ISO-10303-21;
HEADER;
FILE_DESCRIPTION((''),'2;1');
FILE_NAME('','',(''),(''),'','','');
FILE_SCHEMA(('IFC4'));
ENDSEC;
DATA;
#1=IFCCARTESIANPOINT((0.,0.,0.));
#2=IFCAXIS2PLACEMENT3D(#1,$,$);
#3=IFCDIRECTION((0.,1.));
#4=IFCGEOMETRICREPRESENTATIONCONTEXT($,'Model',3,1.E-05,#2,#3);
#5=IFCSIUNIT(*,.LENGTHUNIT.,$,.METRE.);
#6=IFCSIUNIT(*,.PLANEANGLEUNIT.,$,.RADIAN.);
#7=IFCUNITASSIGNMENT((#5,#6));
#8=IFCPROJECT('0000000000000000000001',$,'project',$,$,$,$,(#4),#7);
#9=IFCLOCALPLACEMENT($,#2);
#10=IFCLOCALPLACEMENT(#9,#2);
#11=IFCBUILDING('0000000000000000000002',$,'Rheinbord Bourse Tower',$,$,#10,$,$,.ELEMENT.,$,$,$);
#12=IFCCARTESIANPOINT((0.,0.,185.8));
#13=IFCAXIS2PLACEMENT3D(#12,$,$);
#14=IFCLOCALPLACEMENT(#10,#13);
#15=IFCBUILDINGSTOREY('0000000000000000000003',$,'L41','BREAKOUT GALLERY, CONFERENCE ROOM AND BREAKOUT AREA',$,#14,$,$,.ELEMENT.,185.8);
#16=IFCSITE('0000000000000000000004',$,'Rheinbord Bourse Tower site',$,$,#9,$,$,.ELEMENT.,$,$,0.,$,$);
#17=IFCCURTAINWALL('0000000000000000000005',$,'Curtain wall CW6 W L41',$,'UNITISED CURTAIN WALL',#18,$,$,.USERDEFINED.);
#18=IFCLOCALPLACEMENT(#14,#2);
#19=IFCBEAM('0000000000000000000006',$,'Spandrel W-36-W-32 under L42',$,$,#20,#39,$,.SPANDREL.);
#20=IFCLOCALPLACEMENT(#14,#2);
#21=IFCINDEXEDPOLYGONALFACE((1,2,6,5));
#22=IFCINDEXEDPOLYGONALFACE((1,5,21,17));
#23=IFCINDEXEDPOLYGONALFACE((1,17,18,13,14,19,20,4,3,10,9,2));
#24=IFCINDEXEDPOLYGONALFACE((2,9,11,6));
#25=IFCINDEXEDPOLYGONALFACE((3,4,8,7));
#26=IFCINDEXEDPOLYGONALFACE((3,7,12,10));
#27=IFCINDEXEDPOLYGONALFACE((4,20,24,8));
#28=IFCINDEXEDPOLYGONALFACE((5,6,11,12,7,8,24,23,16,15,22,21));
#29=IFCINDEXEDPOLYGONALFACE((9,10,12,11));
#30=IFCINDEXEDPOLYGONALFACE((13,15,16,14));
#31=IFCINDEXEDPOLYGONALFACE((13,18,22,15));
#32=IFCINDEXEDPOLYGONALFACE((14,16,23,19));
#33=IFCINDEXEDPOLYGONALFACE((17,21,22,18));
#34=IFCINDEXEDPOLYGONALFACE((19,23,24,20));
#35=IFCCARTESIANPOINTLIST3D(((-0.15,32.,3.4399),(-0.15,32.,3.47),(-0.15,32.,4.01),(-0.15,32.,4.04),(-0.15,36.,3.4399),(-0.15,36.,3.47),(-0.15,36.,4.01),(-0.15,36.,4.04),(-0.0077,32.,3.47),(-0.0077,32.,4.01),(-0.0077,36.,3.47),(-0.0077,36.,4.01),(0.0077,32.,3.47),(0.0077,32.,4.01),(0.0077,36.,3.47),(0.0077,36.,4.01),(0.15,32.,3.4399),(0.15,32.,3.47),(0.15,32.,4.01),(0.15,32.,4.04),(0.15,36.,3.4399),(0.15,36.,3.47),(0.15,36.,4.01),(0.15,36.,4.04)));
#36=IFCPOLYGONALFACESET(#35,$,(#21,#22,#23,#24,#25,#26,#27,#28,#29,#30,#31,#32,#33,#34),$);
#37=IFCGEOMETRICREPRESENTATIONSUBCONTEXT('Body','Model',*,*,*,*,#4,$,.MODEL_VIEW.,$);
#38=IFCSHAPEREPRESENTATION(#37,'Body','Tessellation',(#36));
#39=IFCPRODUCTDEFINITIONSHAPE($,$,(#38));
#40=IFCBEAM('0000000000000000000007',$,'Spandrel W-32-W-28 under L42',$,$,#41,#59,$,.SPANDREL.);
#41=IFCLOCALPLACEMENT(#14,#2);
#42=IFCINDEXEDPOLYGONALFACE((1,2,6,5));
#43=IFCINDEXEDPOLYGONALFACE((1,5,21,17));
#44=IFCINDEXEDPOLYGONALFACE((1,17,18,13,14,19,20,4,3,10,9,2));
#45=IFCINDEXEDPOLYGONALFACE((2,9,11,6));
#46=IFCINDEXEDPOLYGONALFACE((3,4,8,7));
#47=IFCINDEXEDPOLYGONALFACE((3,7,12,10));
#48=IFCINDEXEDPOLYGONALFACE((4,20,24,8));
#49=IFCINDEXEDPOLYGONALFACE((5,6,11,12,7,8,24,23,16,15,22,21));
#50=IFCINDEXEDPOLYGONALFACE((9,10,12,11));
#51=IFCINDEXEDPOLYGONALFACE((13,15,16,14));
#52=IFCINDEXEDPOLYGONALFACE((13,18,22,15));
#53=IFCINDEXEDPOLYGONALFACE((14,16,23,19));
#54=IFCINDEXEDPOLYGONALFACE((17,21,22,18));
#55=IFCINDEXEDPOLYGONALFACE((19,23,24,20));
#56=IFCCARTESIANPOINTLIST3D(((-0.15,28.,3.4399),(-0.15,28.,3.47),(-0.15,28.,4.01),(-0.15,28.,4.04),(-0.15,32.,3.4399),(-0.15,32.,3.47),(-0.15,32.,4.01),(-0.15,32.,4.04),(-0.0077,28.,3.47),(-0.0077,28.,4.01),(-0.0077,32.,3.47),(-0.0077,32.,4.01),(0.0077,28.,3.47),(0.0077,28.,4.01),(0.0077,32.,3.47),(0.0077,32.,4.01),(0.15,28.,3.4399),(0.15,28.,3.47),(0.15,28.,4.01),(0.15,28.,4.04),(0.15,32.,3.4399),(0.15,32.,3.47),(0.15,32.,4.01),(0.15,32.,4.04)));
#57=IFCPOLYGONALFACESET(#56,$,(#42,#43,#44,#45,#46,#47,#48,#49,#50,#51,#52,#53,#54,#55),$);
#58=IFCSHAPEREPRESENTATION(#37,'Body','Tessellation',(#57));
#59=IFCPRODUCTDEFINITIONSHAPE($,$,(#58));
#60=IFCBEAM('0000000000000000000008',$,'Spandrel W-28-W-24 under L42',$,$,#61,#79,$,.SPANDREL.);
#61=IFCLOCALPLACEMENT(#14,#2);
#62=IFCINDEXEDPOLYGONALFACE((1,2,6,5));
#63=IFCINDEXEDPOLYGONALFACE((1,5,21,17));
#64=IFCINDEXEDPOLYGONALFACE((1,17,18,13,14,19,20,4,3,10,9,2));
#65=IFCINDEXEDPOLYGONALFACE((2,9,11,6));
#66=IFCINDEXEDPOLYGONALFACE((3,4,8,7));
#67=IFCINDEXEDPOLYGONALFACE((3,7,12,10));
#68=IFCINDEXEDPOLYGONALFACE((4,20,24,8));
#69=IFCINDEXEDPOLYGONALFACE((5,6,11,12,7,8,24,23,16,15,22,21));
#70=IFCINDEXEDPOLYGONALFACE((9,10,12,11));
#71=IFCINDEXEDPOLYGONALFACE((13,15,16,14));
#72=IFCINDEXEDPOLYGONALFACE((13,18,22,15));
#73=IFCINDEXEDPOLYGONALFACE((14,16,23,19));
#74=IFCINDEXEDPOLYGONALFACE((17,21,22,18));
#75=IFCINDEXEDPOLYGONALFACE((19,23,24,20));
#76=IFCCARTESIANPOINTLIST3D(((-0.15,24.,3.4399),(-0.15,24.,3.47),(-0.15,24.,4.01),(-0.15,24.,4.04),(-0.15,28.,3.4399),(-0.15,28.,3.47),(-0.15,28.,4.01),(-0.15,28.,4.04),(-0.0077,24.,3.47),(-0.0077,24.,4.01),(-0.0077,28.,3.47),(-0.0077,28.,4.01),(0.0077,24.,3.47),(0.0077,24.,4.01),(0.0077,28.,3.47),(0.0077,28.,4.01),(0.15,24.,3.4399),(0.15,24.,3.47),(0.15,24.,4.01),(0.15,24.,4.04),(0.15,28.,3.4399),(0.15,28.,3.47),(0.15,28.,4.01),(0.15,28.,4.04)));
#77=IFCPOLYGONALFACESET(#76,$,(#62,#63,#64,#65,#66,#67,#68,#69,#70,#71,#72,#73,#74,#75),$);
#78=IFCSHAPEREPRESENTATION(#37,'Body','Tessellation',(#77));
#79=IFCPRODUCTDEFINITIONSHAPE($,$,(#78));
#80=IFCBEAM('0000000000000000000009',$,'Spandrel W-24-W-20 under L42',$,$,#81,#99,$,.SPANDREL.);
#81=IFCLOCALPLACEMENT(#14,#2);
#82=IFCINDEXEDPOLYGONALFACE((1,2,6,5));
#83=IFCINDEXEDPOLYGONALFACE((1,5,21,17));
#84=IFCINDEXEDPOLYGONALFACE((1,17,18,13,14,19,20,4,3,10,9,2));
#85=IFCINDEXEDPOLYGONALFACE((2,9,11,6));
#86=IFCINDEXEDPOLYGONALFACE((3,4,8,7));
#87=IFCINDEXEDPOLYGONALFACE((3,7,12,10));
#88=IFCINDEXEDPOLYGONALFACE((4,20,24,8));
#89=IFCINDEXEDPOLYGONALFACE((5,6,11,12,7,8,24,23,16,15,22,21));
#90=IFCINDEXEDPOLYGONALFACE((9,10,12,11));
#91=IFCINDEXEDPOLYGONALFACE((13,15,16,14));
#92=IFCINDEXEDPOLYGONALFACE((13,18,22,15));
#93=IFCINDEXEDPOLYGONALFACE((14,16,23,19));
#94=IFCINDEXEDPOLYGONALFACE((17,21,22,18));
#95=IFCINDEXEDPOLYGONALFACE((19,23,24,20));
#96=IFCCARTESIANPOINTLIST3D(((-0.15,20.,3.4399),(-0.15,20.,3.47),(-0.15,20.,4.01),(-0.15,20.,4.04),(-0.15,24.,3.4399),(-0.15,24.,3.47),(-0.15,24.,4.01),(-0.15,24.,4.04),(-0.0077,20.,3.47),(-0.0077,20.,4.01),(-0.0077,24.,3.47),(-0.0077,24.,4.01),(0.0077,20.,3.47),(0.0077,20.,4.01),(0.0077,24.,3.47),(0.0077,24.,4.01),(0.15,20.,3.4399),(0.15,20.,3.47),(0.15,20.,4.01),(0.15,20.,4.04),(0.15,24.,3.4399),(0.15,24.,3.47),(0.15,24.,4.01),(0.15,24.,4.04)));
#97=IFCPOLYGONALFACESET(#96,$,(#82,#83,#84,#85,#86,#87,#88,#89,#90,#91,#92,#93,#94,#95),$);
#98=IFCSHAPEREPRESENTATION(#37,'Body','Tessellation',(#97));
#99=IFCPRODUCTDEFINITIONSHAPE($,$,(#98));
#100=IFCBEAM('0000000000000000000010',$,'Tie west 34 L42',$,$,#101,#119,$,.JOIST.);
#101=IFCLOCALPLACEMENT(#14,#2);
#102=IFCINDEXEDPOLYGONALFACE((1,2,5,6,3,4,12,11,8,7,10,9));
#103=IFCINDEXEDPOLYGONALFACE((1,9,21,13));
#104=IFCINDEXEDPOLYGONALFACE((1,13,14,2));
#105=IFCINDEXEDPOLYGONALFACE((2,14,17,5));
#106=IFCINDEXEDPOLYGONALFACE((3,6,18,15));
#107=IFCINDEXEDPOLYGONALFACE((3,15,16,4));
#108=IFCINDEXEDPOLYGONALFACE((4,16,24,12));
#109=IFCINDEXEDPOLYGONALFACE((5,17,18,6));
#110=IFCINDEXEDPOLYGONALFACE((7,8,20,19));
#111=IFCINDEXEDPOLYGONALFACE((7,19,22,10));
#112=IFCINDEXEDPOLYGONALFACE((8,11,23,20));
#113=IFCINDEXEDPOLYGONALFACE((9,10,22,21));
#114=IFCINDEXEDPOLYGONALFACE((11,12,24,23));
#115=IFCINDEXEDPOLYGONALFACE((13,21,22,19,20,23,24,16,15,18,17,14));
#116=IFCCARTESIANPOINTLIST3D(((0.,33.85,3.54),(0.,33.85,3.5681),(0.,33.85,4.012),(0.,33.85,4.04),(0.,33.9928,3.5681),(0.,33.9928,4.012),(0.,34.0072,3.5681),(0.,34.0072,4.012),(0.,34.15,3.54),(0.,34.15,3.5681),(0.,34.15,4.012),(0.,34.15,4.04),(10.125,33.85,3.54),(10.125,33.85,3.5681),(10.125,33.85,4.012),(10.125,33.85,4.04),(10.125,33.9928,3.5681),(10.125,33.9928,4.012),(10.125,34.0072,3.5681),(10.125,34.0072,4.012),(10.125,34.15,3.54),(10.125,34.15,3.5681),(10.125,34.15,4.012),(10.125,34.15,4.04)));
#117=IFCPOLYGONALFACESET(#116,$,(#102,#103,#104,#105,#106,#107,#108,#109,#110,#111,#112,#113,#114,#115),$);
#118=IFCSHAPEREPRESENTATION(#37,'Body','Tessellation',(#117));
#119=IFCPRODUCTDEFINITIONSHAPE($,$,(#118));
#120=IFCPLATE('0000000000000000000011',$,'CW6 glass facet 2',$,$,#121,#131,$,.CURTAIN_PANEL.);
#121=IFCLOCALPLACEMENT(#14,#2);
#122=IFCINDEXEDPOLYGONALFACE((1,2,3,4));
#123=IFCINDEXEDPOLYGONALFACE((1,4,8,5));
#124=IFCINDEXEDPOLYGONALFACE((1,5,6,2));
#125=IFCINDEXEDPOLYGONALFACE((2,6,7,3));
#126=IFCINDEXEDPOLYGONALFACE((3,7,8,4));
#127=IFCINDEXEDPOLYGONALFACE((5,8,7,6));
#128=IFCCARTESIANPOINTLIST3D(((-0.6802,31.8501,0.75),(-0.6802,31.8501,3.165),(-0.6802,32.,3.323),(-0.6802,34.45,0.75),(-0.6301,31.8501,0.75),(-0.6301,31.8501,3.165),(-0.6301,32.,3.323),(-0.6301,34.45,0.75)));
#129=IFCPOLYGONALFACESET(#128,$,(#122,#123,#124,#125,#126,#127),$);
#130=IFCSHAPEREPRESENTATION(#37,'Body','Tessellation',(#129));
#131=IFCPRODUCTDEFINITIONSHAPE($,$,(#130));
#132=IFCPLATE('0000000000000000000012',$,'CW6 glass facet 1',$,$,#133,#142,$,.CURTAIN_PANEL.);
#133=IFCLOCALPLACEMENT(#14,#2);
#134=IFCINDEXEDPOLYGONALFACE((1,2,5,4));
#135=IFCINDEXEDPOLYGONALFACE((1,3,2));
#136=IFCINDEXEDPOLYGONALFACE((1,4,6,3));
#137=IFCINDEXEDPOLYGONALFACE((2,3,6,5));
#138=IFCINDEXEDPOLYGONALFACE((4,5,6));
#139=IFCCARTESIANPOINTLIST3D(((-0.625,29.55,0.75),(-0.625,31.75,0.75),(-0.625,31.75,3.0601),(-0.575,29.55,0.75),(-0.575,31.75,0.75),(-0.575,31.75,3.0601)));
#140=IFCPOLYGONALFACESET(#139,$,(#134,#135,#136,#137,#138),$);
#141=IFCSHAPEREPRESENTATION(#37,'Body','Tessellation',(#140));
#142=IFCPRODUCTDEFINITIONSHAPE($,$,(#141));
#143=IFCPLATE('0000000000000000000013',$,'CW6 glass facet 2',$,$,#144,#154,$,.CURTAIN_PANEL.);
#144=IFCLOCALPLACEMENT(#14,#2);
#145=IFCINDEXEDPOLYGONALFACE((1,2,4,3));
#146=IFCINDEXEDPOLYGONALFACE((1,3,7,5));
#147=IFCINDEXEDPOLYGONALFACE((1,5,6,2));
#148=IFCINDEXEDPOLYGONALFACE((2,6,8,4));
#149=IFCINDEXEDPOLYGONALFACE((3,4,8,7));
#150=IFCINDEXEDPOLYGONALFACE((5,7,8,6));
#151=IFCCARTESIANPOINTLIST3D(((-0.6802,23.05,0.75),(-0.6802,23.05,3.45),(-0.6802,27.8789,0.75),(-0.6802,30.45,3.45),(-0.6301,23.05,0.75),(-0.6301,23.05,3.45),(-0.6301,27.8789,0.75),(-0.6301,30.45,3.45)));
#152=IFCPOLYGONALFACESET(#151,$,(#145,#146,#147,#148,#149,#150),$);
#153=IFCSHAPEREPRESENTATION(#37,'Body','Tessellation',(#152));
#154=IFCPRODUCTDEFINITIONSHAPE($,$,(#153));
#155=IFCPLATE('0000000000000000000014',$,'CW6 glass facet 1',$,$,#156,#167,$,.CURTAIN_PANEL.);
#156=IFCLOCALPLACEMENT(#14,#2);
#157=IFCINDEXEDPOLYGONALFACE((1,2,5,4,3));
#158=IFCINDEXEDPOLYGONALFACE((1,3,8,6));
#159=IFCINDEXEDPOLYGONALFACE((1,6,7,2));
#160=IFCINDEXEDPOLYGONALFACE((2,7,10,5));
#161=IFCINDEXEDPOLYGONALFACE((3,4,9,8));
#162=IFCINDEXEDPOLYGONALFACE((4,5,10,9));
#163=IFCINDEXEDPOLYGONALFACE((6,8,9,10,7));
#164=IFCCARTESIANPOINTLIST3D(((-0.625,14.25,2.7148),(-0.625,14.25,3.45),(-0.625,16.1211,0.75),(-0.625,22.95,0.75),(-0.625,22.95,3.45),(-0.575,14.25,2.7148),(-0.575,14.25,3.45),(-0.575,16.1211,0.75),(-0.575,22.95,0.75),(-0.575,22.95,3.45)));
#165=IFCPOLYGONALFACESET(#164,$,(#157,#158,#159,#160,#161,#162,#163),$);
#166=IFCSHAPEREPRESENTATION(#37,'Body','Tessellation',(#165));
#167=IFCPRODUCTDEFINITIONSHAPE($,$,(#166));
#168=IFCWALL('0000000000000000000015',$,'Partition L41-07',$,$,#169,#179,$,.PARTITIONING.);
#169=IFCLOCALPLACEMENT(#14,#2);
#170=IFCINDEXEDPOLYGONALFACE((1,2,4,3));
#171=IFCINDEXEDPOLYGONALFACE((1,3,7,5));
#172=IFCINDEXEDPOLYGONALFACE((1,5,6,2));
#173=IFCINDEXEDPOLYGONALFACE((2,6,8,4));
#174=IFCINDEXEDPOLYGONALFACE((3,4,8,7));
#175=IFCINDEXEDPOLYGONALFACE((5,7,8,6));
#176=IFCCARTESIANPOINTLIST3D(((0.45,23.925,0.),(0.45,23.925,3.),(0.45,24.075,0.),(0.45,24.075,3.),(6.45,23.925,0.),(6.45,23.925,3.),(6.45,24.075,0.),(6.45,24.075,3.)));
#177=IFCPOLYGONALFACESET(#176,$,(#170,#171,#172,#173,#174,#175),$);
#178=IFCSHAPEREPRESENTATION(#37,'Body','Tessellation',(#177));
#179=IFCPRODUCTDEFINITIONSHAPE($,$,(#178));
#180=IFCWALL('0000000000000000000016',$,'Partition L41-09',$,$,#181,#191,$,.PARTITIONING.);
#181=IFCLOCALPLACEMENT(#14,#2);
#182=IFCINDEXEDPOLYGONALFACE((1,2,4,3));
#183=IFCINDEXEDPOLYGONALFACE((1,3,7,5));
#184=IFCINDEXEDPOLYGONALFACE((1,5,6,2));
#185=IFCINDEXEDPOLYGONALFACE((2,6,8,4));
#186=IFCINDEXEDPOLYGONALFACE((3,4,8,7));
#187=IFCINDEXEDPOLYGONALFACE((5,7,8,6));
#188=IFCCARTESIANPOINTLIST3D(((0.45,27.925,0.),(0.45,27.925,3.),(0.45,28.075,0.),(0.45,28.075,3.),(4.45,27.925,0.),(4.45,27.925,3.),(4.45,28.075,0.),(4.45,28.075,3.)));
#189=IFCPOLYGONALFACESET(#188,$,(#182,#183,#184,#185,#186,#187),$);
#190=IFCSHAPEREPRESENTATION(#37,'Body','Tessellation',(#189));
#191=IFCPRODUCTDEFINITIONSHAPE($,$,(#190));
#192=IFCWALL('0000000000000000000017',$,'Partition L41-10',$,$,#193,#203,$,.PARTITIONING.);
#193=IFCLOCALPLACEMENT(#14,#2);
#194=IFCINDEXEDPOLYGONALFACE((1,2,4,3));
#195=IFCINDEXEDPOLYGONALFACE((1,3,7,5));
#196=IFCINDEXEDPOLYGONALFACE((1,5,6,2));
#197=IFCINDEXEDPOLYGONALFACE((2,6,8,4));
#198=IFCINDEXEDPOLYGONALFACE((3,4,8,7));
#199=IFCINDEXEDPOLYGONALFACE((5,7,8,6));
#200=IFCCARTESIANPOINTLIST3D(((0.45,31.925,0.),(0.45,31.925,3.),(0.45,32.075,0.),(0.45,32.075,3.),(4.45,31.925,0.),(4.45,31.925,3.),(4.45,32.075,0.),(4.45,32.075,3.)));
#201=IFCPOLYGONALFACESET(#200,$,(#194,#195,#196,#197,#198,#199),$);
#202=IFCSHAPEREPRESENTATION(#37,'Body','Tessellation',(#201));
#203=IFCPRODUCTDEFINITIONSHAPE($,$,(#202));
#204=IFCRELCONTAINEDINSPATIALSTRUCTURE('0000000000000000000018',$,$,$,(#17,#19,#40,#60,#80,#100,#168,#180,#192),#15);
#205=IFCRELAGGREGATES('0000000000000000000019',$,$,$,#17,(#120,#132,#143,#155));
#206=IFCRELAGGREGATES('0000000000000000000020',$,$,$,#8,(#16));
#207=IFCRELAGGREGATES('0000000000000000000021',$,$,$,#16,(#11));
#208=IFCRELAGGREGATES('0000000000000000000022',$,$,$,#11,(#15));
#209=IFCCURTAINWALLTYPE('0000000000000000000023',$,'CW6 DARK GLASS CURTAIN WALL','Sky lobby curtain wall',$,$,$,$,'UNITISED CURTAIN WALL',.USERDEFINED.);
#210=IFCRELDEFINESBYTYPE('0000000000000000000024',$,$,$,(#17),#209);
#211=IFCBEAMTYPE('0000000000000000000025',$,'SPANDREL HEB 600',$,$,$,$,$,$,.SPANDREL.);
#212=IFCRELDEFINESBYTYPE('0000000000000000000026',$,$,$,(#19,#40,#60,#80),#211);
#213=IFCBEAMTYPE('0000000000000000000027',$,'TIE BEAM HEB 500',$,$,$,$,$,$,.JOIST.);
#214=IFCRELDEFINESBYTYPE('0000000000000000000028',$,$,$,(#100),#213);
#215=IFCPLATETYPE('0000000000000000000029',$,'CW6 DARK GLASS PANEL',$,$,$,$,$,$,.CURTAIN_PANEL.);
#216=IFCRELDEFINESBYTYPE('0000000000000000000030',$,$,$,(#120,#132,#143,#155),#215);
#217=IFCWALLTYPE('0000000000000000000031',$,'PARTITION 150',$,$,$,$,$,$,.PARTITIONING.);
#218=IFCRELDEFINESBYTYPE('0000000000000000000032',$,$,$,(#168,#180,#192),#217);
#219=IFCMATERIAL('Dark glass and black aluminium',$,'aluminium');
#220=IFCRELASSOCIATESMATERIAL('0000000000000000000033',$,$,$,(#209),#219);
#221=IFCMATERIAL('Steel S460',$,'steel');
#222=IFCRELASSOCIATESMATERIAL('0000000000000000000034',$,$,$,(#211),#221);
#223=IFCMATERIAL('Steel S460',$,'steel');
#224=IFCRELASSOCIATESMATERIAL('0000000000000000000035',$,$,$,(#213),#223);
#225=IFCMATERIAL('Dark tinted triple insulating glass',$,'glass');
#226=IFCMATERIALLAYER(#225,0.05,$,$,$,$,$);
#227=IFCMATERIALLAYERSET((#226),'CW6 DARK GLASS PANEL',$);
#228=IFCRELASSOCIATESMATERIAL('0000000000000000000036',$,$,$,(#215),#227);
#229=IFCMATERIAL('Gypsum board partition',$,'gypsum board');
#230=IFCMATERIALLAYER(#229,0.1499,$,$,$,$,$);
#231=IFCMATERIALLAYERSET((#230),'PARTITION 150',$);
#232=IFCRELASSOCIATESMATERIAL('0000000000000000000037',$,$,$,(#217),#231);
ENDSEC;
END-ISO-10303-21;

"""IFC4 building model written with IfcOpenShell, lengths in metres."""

from ifc_helpers import new_model, si_unit, direction, frame, frame_2d, origin, origin_2d, place, context, subcontext, project, spatial, polyline, rectangle, i_section, outline, extrude, material, layer, layer_set, material_profile, profile_set, type_object, element, aggregate, save


model = new_model("IFC4")

# Units and contexts
model_context = context("Model", 3, precision=1e-05, world=origin(), true_north=direction((0.0, 1.0)))
body_context = subcontext(model_context, "Body", "Model", "MODEL_VIEW")
ifc_project = project(units=[si_unit("LENGTHUNIT", "METRE"), si_unit("PLANEANGLEUNIT", "RADIAN")], contexts=[model_context])

# Site, building, storey
site_placement = place(None, origin())
site = spatial("IfcSite", under=ifc_project, at=site_placement, Name="Rheinbord Bourse Tower site", CompositionType="ELEMENT", RefElevation=0.0)
building_placement = place(site_placement, origin())
building = spatial("IfcBuilding", under=site, at=building_placement, Name="Rheinbord Bourse Tower", CompositionType="ELEMENT")
storey_placement = place(building_placement, frame((0.0, 0.0, 185.8)))
storey = spatial("IfcBuildingStorey", under=building, at=storey_placement, Name="L41", Description="BREAKOUT GALLERY, CONFERENCE ROOM AND BREAKOUT AREA", CompositionType="ELEMENT", Elevation=185.8)

# Curtain wall
ifc_material_1 = material(Name="Dark glass and black aluminium", Category="aluminium")
curtain_wall_type = type_object("IfcCurtainWallType", Name="CW6 DARK GLASS CURTAIN WALL", Description="Sky lobby curtain wall", ElementType="UNITISED CURTAIN WALL", PredefinedType="USERDEFINED", material=ifc_material_1)
curtain_wall_placement = place(storey_placement, origin())
curtain_wall = element("IfcCurtainWall", 1, at=curtain_wall_placement, inside=storey, type_object=curtain_wall_type, Name="Curtain wall CW6 W L41", ObjectType="UNITISED CURTAIN WALL", PredefinedType="USERDEFINED")

# Beams
ifc_material_2 = material(Name="Steel S460", Category="steel")
ifc_material_profile_1 = material_profile(ifc_material_2, i_section(OverallWidth=0.3, OverallDepth=0.6001, WebThickness=0.0154, FlangeThickness=0.03, at=origin_2d()), Name="HEB 600")
ifc_profile_set_1 = profile_set([ifc_material_profile_1], Name="Steel S460")
beam_type_1 = type_object("IfcBeamType", Name="SPANDREL HEB 600", PredefinedType="SPANDREL", material=ifc_profile_set_1)
for number, where, z_axis, x_axis, name in (
    (2, (0.0, 36.0, 3.74), (0.0, -1.0, 0.0), (1.0, 0.0, 0.0), "Spandrel W-36-W-32 under L42"),
    (3, (0.0, 32.0, 3.74), (0.0, -1.0, 0.0), (1.0, 0.0, 0.0), "Spandrel W-32-W-28 under L42"),
    (4, (0.0, 28.0, 3.74), (0.0, -1.0, 0.0), (1.0, 0.0, 0.0), "Spandrel W-28-W-24 under L42"),
    (5, (0.0, 24.0, 3.74), (0.0, -1.0, 0.0), (1.0, 0.0, 0.0), "Spandrel W-24-W-20 under L42"),
):
    element("IfcBeam", number, at=place(storey_placement, frame(where, z_axis=z_axis, x_axis=x_axis)), inside=storey, type_object=beam_type_1, Name=name, PredefinedType="SPANDREL", context=body_context, shape_type="SweptSolid", body=[
        extrude(i_section(OverallWidth=0.3, OverallDepth=0.6001, WebThickness=0.0154, FlangeThickness=0.03, at=origin_2d()), origin(), (0.0, 0.0, 1.0), 4.0),
    ])
ifc_material_3 = material(Name="Steel S460", Category="steel")
ifc_material_profile_2 = material_profile(ifc_material_3, i_section(OverallWidth=0.3, OverallDepth=0.5, WebThickness=0.0144, FlangeThickness=0.0281, at=origin_2d()), Name="HEB 500")
ifc_profile_set_2 = profile_set([ifc_material_profile_2], Name="Steel S460")
beam_type_2 = type_object("IfcBeamType", Name="TIE BEAM HEB 500", PredefinedType="JOIST", material=ifc_profile_set_2)
beam_1_placement = place(storey_placement, frame((0.0, 34.0, 3.79), z_axis=(1.0, 0.0, 0.0), x_axis=(0.0, 1.0, 0.0)))
element("IfcBeam", 6, at=beam_1_placement, inside=storey, type_object=beam_type_2, Name="Tie west 34 L42", PredefinedType="JOIST", context=body_context, shape_type="SweptSolid", body=[
    extrude(i_section(OverallWidth=0.3, OverallDepth=0.5, WebThickness=0.0144, FlangeThickness=0.0281, at=origin_2d()), origin(), (0.0, 0.0, 1.0), 10.125),
])

# Plates
ifc_material_4 = material(Name="Dark tinted triple insulating glass", Category="glass")
ifc_layer_1 = layer(ifc_material_4, 0.05)
ifc_layer_set_1 = layer_set([ifc_layer_1], Name="CW6 DARK GLASS PANEL")
plate_type = type_object("IfcPlateType", Name="CW6 DARK GLASS PANEL", PredefinedType="CURTAIN_PANEL", material=ifc_layer_set_1)
plate_1_placement = place(storey_placement, frame((-0.6802, 31.8501, 0.75), z_axis=(1.0, 0.0, 0.0), x_axis=(0.0, 1.0, 0.0)))
plate_1 = element("IfcPlate", 7, at=plate_1_placement, type_object=plate_type, Name="CW6 glass facet 2", PredefinedType="CURTAIN_PANEL", context=body_context, shape_type="SweptSolid", body=[
    extrude(outline(polyline([(0.0, 0.0), (2.5999, 0.0), (0.1499, 2.573), (0.0, 2.415), (0.0, 0.0)])), origin(), (0.0, 0.0, 1.0), 0.05),
])
plate_2_placement = place(storey_placement, frame((-0.625, 31.75, 0.75), z_axis=(1.0, 0.0, 0.0), x_axis=(0.0, 0.0, 1.0)))
plate_2 = element("IfcPlate", 8, at=plate_2_placement, type_object=plate_type, Name="CW6 glass facet 1", PredefinedType="CURTAIN_PANEL", context=body_context, shape_type="SweptSolid", body=[
    extrude(outline(polyline([(0.0, 0.0), (2.3101, 0.0), (0.0, 2.2), (0.0, 0.0)])), origin(), (0.0, 0.0, 1.0), 0.05),
])
plate_3_placement = place(storey_placement, frame((-0.6802, 23.05, 3.45), z_axis=(1.0, 0.0, 0.0), x_axis=(0.0, 0.0, -1.0)))
plate_3 = element("IfcPlate", 9, at=plate_3_placement, type_object=plate_type, Name="CW6 glass facet 2", PredefinedType="CURTAIN_PANEL", context=body_context, shape_type="SweptSolid", body=[
    extrude(outline(polyline([(0.0, 0.0), (2.7, 0.0), (2.7, 4.8289), (0.0, 7.3999), (0.0, 0.0)])), origin(), (0.0, 0.0, 1.0), 0.05),
])
plate_4_placement = place(storey_placement, frame((-0.625, 22.95, 0.75), z_axis=(1.0, 0.0, 0.0), x_axis=(0.0, 0.0, 1.0)))
plate_4 = element("IfcPlate", 10, at=plate_4_placement, type_object=plate_type, Name="CW6 glass facet 1", PredefinedType="CURTAIN_PANEL", context=body_context, shape_type="SweptSolid", body=[
    extrude(outline(polyline([(0.0, 0.0), (2.7, 0.0), (2.7, 8.7), (1.9648, 8.7), (0.0, 6.8289), (0.0, 0.0)])), origin(), (0.0, 0.0, 1.0), 0.05),
])
aggregate(curtain_wall, [plate_1, plate_2, plate_3, plate_4])

# Walls
ifc_material_5 = material(Name="Gypsum board partition", Category="gypsum board")
ifc_layer_2 = layer(ifc_material_5, 0.1499)
ifc_layer_set_2 = layer_set([ifc_layer_2], Name="PARTITION 150")
wall_type = type_object("IfcWallType", Name="PARTITION 150", PredefinedType="PARTITIONING", material=ifc_layer_set_2)
wall_1_placement = place(storey_placement, frame((0.45, 24.0, 0.0), z_axis=(0.0, 0.0, 1.0), x_axis=(1.0, 0.0, 0.0)))
element("IfcWall", 11, at=wall_1_placement, inside=storey, type_object=wall_type, Name="Partition L41-07", PredefinedType="PARTITIONING", context=body_context, shape_type="SweptSolid", body=[
    extrude(rectangle(XDim=6.0, YDim=0.1499, at=frame_2d((3.0, 0.0))), origin(), (0.0, 0.0, 1.0), 3.0),
])
for number, where, z_axis, x_axis, name in (
    (12, (0.45, 28.0, 0.0), (0.0, 0.0, 1.0), (1.0, 0.0, 0.0), "Partition L41-09"),
    (13, (0.45, 32.0, 0.0), (0.0, 0.0, 1.0), (1.0, 0.0, 0.0), "Partition L41-10"),
):
    element("IfcWall", number, at=place(storey_placement, frame(where, z_axis=z_axis, x_axis=x_axis)), inside=storey, type_object=wall_type, Name=name, PredefinedType="PARTITIONING", context=body_context, shape_type="SweptSolid", body=[
        extrude(rectangle(XDim=4.0, YDim=0.1499, at=frame_2d((2.0, 0.0))), origin(), (0.0, 0.0, 1.0), 3.0),
    ])

save(model, "model.ifc")
